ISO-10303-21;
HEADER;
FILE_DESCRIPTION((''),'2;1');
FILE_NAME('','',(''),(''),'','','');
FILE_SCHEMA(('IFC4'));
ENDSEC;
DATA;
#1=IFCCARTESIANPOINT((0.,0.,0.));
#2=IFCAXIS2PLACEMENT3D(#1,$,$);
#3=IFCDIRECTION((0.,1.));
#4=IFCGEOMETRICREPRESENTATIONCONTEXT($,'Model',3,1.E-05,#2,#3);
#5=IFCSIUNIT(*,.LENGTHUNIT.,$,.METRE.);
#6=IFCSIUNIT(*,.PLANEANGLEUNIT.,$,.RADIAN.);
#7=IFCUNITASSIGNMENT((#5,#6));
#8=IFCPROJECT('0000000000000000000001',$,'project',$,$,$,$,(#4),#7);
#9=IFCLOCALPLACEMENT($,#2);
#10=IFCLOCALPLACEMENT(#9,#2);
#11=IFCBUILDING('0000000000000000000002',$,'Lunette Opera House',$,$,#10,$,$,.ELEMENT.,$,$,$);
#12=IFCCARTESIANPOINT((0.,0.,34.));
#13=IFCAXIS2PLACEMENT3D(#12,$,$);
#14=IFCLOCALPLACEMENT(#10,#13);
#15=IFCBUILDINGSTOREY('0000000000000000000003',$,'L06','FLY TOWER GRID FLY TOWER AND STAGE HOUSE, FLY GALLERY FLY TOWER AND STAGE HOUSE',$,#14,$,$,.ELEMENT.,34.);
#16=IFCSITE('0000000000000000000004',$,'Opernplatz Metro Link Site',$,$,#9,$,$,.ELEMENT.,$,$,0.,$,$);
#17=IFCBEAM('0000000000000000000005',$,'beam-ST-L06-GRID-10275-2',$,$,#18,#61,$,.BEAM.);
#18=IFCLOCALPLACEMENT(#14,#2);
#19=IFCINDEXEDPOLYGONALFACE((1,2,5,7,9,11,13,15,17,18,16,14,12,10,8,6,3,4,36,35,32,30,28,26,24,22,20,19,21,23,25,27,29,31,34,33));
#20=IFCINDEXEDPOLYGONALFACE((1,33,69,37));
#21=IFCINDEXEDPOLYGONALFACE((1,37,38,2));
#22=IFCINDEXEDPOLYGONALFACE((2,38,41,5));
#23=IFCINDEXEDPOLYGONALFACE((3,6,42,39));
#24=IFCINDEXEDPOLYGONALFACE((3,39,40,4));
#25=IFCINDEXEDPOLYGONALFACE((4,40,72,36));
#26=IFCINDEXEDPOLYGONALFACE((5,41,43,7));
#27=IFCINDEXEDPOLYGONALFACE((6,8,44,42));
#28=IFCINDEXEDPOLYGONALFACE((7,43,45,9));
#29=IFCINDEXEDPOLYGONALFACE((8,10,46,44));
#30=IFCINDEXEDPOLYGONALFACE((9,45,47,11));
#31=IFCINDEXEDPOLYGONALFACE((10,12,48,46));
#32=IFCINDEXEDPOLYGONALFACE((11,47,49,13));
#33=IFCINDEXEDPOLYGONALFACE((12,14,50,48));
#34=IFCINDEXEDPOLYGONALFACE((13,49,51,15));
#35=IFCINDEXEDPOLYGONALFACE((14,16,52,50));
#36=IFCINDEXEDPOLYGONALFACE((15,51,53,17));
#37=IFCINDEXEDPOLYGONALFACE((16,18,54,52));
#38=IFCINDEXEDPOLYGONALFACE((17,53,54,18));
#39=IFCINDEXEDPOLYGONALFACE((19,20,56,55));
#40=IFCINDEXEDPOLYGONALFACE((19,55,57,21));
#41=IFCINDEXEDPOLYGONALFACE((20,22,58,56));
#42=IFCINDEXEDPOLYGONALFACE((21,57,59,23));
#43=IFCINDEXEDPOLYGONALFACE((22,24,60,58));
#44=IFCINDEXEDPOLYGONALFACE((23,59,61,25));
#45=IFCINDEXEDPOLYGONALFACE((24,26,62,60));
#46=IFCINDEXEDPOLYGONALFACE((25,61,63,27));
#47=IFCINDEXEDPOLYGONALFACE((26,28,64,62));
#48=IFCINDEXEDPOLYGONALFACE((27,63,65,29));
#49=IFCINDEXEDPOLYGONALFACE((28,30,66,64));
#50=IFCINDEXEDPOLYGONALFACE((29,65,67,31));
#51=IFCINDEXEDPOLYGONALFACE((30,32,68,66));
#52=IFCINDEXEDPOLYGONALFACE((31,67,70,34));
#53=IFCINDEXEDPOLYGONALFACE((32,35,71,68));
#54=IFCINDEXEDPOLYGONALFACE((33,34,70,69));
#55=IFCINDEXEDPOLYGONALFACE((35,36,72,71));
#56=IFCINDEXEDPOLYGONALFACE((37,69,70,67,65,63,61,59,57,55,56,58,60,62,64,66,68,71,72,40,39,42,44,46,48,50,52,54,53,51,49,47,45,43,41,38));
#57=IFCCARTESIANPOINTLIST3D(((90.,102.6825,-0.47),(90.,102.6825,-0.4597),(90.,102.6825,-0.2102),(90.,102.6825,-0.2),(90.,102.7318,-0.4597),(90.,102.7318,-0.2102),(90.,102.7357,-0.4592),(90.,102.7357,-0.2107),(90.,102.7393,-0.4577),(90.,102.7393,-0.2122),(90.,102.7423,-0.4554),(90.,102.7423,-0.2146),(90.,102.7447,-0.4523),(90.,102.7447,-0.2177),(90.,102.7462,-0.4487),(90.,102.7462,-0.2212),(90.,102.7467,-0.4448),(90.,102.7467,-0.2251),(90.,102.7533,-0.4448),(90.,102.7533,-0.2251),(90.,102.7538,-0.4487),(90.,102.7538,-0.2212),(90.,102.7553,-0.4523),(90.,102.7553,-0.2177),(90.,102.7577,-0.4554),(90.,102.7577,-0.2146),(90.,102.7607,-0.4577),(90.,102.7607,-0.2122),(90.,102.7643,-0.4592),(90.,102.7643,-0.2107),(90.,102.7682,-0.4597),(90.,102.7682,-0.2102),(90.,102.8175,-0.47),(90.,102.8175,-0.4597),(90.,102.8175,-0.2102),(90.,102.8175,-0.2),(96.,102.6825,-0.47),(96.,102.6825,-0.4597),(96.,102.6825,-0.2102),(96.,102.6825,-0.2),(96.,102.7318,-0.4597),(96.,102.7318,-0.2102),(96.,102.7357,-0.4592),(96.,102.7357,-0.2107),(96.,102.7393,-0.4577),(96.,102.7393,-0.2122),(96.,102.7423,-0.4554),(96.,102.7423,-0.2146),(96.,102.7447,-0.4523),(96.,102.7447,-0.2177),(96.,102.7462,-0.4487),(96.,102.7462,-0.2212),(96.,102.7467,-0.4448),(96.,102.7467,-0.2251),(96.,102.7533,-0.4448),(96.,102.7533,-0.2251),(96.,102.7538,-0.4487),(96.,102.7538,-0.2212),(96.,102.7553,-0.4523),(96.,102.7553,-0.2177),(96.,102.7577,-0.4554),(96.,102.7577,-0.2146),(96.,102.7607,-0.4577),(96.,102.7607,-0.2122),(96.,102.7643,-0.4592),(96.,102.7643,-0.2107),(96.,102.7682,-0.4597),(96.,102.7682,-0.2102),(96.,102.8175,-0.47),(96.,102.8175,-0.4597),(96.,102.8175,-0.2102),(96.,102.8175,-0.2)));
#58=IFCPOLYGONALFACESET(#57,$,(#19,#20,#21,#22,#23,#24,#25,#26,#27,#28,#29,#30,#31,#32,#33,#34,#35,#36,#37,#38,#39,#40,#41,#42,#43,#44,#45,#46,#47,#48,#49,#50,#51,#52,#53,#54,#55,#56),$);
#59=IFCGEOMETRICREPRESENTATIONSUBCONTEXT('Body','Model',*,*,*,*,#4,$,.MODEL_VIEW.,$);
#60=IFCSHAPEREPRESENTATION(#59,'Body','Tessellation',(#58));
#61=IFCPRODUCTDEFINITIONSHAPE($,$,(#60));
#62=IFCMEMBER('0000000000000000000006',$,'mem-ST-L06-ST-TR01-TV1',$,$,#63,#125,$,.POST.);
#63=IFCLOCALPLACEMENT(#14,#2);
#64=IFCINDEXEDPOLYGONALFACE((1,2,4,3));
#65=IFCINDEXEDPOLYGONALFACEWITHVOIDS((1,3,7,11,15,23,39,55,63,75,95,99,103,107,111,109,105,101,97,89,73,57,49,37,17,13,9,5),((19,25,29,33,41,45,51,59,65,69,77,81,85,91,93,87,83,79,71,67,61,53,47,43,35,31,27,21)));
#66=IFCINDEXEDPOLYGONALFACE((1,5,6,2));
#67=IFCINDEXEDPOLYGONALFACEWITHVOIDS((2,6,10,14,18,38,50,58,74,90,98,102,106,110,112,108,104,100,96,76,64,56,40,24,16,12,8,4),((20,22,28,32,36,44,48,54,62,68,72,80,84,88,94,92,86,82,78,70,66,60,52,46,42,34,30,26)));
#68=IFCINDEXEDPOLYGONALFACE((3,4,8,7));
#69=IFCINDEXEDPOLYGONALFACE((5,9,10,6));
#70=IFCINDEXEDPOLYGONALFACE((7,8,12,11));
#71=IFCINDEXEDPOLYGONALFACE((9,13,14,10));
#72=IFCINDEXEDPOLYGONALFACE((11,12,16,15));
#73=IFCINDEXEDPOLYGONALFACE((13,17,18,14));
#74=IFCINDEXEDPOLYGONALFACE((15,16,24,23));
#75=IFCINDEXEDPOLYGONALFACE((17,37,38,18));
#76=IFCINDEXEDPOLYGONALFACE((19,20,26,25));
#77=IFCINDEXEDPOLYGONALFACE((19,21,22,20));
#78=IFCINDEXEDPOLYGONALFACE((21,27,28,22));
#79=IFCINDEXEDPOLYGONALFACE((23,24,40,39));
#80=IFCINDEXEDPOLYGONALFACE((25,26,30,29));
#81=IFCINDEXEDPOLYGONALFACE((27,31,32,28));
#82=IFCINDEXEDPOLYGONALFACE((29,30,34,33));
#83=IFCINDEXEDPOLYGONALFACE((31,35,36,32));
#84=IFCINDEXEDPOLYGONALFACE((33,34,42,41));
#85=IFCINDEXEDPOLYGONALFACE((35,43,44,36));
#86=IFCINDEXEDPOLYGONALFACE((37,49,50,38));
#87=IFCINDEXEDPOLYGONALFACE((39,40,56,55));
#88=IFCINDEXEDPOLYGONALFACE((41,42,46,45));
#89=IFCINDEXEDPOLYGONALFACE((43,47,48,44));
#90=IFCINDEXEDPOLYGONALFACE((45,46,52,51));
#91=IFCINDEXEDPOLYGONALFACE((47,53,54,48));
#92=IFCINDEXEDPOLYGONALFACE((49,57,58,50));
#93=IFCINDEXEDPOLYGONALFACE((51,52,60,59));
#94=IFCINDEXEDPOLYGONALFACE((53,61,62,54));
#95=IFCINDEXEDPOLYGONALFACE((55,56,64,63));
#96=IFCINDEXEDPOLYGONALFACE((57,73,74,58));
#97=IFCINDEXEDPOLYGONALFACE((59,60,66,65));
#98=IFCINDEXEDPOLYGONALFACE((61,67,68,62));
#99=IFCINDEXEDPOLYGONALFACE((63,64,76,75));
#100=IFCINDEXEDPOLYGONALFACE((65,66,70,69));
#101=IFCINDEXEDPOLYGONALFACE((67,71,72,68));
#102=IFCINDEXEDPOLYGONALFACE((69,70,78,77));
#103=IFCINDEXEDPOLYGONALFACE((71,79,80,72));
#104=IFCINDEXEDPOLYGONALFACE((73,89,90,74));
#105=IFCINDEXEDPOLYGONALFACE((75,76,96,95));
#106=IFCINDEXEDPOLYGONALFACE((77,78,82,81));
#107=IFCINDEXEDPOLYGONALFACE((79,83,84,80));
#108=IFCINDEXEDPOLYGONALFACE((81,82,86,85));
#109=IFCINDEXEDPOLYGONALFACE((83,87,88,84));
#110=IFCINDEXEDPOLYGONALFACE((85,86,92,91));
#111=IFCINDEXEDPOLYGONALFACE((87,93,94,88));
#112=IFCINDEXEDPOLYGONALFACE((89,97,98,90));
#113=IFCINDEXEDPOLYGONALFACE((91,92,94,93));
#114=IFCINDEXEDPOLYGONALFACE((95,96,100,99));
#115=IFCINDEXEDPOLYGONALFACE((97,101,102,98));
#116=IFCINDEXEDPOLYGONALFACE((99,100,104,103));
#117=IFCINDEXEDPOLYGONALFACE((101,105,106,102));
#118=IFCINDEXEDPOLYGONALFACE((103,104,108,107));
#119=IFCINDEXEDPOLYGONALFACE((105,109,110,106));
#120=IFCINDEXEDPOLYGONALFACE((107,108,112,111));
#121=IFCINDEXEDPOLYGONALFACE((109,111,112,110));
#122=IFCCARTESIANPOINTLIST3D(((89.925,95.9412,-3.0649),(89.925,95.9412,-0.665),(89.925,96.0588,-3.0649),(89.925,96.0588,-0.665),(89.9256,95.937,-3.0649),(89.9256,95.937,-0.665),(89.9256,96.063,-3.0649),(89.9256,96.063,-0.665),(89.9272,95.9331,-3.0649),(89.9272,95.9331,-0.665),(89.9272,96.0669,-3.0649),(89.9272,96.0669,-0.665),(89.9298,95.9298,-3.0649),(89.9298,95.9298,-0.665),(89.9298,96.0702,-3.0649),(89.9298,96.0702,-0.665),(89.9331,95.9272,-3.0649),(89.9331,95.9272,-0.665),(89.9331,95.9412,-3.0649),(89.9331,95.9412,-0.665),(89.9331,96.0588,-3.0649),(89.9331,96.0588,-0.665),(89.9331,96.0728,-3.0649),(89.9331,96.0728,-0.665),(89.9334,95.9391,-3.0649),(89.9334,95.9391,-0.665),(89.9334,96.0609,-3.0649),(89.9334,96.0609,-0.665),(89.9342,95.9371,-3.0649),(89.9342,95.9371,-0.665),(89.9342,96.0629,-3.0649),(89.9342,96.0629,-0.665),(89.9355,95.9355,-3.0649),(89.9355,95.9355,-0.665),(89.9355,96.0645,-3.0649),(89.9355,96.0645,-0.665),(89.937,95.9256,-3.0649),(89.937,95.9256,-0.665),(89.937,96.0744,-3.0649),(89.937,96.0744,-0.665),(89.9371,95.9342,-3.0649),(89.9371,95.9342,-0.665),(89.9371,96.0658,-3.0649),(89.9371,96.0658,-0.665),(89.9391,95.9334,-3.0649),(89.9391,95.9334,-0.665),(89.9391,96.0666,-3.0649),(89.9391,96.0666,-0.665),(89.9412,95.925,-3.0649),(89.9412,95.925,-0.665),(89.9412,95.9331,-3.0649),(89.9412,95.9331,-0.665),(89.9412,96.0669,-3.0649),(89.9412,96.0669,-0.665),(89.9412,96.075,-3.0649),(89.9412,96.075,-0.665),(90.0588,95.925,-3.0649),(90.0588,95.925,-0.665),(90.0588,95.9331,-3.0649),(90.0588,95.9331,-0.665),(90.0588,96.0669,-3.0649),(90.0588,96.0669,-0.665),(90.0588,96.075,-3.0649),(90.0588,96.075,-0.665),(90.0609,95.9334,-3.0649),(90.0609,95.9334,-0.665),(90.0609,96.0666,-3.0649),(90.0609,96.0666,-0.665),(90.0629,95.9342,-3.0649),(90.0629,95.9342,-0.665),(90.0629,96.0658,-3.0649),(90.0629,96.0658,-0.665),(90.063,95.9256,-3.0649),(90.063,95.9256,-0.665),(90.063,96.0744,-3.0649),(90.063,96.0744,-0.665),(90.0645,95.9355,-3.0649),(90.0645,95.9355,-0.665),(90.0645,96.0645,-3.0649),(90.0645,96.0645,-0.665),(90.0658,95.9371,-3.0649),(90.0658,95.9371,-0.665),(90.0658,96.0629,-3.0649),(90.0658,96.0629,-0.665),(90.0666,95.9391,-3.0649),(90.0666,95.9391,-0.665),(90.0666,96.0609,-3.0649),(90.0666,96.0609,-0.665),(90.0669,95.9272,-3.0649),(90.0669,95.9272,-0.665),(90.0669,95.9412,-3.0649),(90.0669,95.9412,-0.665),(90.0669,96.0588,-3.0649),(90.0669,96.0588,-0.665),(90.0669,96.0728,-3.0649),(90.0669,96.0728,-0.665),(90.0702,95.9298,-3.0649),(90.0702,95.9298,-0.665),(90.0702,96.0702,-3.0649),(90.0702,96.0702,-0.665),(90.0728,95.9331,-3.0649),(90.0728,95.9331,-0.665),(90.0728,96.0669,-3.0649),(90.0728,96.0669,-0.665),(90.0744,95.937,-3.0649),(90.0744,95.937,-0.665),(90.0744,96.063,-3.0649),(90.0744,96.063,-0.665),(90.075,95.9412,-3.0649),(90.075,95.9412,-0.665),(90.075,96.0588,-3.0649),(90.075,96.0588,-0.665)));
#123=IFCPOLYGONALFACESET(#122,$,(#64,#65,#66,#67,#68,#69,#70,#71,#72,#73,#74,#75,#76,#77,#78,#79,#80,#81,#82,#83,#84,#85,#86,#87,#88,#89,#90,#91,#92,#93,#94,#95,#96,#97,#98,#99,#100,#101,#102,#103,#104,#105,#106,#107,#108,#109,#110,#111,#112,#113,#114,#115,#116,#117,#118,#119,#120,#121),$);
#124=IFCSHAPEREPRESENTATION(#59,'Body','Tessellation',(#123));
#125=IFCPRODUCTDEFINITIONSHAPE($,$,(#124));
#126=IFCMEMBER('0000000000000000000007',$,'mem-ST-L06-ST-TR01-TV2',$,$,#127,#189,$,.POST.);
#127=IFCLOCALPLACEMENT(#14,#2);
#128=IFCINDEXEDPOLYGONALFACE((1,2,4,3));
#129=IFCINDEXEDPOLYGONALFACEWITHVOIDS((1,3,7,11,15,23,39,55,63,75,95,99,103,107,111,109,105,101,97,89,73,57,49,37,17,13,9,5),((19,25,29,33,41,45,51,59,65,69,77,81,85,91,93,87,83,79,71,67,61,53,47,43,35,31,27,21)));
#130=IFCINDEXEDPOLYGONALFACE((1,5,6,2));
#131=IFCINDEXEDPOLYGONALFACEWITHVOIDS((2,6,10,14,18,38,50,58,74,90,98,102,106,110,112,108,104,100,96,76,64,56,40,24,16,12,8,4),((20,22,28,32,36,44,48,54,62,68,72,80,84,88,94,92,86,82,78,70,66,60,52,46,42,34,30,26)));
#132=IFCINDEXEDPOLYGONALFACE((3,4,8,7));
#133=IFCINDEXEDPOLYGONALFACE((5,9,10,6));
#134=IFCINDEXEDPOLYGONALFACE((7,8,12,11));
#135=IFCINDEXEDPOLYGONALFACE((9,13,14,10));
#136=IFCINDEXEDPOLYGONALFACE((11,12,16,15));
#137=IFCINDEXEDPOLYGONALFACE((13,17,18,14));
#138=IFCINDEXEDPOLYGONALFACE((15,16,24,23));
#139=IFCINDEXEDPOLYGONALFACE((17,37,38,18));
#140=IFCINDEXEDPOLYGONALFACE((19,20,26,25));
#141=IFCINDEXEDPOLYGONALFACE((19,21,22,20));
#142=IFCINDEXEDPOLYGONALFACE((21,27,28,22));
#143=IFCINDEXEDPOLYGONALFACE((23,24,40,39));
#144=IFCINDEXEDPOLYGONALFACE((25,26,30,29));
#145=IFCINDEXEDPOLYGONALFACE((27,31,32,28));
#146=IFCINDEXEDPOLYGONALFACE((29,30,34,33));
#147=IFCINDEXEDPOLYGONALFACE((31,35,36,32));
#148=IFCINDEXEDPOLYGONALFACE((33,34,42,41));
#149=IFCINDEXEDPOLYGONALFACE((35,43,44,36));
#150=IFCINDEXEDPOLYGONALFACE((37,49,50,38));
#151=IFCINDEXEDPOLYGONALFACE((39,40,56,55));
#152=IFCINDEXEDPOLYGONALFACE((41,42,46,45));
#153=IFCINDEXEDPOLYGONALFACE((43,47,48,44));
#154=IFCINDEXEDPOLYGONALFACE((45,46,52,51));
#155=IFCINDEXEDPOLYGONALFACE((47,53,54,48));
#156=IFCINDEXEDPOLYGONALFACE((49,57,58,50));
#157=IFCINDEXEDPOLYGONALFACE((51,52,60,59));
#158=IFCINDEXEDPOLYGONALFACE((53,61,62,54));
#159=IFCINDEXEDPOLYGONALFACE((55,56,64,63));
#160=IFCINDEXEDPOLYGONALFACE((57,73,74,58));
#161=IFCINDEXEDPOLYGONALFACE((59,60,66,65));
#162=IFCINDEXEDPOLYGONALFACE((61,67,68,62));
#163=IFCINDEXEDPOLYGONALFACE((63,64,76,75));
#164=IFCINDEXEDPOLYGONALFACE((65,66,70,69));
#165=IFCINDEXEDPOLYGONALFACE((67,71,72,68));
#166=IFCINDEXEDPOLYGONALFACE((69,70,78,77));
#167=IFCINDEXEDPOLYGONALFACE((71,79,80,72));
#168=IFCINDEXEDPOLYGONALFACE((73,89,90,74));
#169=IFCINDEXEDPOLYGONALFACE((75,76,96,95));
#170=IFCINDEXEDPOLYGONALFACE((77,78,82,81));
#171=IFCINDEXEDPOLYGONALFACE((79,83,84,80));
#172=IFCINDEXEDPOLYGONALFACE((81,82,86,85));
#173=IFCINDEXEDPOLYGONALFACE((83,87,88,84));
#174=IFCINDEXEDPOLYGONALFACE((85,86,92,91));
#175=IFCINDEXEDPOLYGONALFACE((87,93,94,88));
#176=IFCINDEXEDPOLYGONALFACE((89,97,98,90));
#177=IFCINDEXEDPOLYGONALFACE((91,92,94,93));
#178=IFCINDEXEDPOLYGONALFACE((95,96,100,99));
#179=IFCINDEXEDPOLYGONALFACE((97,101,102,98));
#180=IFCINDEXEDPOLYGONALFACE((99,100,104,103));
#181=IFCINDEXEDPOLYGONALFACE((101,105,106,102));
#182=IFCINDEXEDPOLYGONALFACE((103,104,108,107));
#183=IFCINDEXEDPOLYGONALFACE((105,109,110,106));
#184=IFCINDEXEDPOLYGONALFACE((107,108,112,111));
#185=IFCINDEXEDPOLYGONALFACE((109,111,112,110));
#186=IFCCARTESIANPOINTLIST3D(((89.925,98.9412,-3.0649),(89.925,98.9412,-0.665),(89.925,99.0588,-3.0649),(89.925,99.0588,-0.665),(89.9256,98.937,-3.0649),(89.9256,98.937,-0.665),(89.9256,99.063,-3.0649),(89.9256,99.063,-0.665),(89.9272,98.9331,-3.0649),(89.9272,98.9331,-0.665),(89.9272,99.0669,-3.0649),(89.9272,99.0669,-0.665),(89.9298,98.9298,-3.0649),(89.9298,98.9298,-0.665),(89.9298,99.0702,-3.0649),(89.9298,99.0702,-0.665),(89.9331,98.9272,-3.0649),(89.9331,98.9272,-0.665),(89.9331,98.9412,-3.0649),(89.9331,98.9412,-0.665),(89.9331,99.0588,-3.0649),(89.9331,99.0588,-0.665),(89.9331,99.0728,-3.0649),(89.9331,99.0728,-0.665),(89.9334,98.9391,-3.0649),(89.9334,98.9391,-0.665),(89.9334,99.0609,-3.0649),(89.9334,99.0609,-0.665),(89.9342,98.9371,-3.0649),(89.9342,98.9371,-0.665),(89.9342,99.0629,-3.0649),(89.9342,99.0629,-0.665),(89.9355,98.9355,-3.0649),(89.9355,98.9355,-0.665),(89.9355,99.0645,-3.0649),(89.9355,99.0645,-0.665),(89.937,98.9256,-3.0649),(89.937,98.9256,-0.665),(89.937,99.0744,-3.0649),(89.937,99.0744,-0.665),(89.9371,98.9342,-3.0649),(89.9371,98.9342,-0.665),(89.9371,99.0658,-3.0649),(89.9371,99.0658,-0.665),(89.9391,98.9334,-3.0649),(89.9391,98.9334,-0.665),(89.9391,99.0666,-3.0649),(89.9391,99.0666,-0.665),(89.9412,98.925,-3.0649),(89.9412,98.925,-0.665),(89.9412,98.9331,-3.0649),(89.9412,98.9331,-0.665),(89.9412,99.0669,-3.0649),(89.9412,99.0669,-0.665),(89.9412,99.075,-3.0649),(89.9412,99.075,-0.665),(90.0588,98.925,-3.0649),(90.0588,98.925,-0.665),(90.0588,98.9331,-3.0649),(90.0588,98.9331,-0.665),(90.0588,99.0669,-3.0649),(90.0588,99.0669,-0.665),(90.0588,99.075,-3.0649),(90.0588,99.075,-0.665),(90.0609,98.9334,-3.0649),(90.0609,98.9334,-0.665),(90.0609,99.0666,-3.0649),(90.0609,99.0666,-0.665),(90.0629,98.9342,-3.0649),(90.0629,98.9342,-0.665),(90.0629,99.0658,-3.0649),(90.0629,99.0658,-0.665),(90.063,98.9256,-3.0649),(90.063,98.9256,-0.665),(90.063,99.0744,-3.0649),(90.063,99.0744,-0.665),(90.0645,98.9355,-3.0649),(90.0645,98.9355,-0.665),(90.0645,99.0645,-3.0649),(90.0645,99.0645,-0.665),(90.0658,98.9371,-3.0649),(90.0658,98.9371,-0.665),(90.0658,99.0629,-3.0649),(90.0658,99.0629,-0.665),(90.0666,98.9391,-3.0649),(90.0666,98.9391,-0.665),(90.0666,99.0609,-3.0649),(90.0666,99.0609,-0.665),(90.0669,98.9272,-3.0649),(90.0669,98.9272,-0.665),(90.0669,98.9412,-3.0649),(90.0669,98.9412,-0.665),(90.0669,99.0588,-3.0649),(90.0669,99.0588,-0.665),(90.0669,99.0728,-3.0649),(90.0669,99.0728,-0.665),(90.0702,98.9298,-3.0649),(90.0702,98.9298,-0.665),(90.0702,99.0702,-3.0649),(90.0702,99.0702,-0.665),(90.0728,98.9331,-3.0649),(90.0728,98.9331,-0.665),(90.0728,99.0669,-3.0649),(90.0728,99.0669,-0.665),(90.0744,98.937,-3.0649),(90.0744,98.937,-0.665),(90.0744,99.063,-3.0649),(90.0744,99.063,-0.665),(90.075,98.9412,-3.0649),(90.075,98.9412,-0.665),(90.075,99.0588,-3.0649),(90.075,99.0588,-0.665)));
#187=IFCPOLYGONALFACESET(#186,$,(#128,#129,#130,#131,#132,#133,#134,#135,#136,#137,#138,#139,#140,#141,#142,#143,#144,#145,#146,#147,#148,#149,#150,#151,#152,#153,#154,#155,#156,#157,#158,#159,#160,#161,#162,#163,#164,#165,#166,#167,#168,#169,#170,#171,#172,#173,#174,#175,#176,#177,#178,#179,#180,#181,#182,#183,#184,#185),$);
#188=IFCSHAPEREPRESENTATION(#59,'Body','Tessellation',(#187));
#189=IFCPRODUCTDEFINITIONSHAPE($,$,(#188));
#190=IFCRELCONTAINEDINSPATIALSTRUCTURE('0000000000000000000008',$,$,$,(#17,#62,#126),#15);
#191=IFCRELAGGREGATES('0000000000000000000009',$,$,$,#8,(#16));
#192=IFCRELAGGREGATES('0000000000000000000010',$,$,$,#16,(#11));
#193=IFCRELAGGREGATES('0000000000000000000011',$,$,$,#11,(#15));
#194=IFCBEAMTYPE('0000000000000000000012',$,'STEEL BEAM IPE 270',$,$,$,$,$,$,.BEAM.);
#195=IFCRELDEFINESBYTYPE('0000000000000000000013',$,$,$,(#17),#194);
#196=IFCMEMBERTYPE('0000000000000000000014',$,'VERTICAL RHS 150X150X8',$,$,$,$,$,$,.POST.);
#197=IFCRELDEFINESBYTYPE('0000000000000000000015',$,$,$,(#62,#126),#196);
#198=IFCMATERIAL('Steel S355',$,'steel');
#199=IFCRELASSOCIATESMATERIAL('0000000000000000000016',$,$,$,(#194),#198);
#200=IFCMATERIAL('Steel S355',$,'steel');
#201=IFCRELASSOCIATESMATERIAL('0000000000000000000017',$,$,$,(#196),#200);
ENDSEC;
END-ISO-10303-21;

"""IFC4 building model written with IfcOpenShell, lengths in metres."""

from ifc_helpers import new_model, si_unit, direction, frame, origin, origin_2d, place, context, subcontext, project, spatial, hollow_rectangle, i_section, extrude, material, material_profile, profile_set, type_object, element, save


model = new_model("IFC4")

# Units and contexts
model_context = context("Model", 3, precision=1e-05, world=origin(), true_north=direction((0.0, 1.0)))
body_context = subcontext(model_context, "Body", "Model", "MODEL_VIEW")
ifc_project = project(units=[si_unit("LENGTHUNIT", "METRE"), si_unit("PLANEANGLEUNIT", "RADIAN")], contexts=[model_context])

# Site, building, storey
site_placement = place(None, origin())
site = spatial("IfcSite", under=ifc_project, at=site_placement, Name="Opernplatz Metro Link Site", CompositionType="ELEMENT", RefElevation=0.0)
building_placement = place(site_placement, origin())
building = spatial("IfcBuilding", under=site, at=building_placement, Name="Lunette Opera House", CompositionType="ELEMENT")
storey_placement = place(building_placement, frame((0.0, 0.0, 34.0)))
storey = spatial("IfcBuildingStorey", under=building, at=storey_placement, Name="L06", Description="FLY TOWER GRID FLY TOWER AND STAGE HOUSE, FLY GALLERY FLY TOWER AND STAGE HOUSE", CompositionType="ELEMENT", Elevation=34.0)

# Beam
ifc_material_1 = material(Name="Steel S355", Category="steel")
ifc_material_profile_1 = material_profile(ifc_material_1, i_section(OverallWidth=0.135, OverallDepth=0.27, WebThickness=0.0066, FlangeThickness=0.0103, FilletRadius=0.0149, at=origin_2d()), Name="IPE 270")
ifc_profile_set_1 = profile_set([ifc_material_profile_1], Name="Steel S355")
beam_type = type_object("IfcBeamType", Name="STEEL BEAM IPE 270", PredefinedType="BEAM", material=ifc_profile_set_1)
beam_1_placement = place(storey_placement, frame((90.0, 102.75, -0.335), z_axis=(1.0, 0.0, 0.0), x_axis=(0.0, 1.0, 0.0)))
element("IfcBeam", 1, at=beam_1_placement, inside=storey, type_object=beam_type, Name="beam-ST-L06-GRID-10275-2", PredefinedType="BEAM", context=body_context, shape_type="SweptSolid", body=[
    extrude(i_section(OverallWidth=0.135, OverallDepth=0.27, WebThickness=0.0066, FlangeThickness=0.0103, FilletRadius=0.0149, at=origin_2d()), origin(), (0.0, 0.0, 1.0), 6.0),
])

# Members
ifc_material_2 = material(Name="Steel S355", Category="steel")
ifc_material_profile_2 = material_profile(ifc_material_2, hollow_rectangle(XDim=0.1499, YDim=0.1499, WallThickness=0.0081, InnerFilletRadius=0.0081, OuterFilletRadius=0.0161, at=origin_2d()), Name="RHS 150X150X8")
ifc_profile_set_2 = profile_set([ifc_material_profile_2], Name="Steel S355")
member_type_1 = type_object("IfcMemberType", Name="VERTICAL RHS 150X150X8", PredefinedType="POST", material=ifc_profile_set_2)
for number, where, z_axis, x_axis, name in (
    (2, (90.0, 96.0, -3.0649), (0.0, 0.0, 1.0), (1.0, 0.0, 0.0), "mem-ST-L06-ST-TR01-TV1"),
    (3, (90.0, 99.0, -3.0649), (0.0, 0.0, 1.0), (1.0, 0.0, 0.0), "mem-ST-L06-ST-TR01-TV2"),
):
    element("IfcMember", number, at=place(storey_placement, frame(where, z_axis=z_axis, x_axis=x_axis)), inside=storey, type_object=member_type_1, Name=name, PredefinedType="POST", context=body_context, shape_type="SweptSolid", body=[
        extrude(hollow_rectangle(XDim=0.1499, YDim=0.1499, WallThickness=0.0081, InnerFilletRadius=0.0081, OuterFilletRadius=0.0161, at=origin_2d()), origin(), (0.0, 0.0, 1.0), 2.3999),
    ])

save(model, "model.ifc")
